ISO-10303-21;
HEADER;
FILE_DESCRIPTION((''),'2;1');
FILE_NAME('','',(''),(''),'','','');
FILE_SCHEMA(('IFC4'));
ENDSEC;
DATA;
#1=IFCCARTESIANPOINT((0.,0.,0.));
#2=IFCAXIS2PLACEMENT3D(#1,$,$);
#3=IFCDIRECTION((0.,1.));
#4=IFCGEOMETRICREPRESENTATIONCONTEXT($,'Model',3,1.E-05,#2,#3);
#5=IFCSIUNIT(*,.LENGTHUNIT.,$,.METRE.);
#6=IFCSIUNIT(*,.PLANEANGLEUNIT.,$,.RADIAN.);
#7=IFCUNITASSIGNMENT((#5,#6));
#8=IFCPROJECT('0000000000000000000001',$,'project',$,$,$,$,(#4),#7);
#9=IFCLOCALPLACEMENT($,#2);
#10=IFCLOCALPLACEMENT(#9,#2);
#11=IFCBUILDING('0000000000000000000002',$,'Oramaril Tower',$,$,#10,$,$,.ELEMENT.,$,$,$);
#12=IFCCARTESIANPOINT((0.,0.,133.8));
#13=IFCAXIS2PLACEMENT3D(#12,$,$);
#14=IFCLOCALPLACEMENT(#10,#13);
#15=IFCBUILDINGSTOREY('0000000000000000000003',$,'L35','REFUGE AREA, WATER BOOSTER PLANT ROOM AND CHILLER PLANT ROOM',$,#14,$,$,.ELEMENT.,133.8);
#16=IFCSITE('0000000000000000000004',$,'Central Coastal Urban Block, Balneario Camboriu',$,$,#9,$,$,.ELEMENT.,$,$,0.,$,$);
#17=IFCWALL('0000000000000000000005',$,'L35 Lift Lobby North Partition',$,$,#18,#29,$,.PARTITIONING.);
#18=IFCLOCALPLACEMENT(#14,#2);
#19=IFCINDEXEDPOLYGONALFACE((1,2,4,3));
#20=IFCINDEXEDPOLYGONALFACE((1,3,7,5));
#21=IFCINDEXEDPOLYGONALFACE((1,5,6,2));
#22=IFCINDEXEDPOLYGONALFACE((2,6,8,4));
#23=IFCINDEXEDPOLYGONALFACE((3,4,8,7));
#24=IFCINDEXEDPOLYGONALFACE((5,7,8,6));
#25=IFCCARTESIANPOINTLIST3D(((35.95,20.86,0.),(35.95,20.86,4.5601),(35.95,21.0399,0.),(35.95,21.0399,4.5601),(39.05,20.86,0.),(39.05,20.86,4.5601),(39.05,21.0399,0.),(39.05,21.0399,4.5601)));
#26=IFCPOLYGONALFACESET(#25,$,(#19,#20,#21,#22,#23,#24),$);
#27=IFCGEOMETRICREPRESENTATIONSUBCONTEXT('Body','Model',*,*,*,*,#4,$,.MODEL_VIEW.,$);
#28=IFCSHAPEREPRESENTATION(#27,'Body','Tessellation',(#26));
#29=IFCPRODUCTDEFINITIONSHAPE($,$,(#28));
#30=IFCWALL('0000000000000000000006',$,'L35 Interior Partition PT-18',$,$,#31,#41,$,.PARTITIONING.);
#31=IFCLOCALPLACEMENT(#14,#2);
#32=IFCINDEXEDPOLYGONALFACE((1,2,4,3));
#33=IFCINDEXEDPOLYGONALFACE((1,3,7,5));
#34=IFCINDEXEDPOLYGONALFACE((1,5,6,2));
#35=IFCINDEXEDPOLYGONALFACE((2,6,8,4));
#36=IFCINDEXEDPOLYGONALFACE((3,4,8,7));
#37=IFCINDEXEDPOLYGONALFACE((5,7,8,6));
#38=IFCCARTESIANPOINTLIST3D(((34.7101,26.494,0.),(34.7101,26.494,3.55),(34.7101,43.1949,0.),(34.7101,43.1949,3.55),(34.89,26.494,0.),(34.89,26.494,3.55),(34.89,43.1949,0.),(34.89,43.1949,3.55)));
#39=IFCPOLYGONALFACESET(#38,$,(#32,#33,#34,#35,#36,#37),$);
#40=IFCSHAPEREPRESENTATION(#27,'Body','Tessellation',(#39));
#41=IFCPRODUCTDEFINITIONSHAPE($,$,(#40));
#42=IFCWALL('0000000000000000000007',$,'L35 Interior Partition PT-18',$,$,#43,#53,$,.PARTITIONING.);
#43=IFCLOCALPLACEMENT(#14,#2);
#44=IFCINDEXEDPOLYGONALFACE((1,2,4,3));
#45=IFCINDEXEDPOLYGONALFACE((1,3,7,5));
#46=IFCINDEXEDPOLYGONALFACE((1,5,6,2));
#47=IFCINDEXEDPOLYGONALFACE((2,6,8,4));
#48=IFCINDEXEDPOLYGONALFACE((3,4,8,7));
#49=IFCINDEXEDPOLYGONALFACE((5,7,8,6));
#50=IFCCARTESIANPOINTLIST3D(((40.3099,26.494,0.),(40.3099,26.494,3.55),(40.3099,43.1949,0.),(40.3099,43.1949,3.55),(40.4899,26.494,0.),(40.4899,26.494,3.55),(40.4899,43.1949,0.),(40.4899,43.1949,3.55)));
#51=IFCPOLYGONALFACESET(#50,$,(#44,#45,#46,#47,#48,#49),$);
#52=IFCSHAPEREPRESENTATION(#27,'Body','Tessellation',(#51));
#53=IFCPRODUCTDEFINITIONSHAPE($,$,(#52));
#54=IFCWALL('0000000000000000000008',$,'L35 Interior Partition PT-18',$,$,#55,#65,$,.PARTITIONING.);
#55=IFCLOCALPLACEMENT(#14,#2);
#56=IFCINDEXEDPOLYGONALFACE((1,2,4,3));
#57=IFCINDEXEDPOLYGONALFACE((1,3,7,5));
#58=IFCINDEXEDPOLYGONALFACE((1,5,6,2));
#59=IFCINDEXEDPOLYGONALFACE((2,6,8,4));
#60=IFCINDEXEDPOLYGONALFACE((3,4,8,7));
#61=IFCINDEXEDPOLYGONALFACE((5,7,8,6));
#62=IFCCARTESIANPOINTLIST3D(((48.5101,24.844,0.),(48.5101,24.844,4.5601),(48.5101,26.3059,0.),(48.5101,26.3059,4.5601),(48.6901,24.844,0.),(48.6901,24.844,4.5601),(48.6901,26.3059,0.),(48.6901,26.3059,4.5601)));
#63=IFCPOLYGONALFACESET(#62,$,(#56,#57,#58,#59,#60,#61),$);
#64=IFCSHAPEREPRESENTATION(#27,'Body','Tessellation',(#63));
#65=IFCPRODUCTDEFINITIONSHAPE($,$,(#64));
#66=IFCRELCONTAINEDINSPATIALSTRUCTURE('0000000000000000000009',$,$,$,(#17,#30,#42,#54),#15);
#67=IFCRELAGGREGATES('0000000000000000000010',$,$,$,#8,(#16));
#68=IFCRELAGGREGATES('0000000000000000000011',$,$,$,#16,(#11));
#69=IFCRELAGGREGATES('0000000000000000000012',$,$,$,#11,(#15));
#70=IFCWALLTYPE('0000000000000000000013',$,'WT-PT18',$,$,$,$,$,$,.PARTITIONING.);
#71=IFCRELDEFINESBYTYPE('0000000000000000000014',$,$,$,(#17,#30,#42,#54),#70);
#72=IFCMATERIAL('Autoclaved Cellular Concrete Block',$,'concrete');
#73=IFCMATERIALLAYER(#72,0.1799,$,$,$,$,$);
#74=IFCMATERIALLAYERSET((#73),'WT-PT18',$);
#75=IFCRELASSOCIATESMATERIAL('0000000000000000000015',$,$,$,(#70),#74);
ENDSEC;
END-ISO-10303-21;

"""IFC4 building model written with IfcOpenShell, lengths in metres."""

from ifc_helpers import new_model, si_unit, direction, frame, frame_2d, origin, place, context, subcontext, project, spatial, rectangle, extrude, material, layer, layer_set, type_object, element, save


model = new_model("IFC4")

# Units and contexts
model_context = context("Model", 3, precision=1e-05, world=origin(), true_north=direction((0.0, 1.0)))
body_context = subcontext(model_context, "Body", "Model", "MODEL_VIEW")
ifc_project = project(units=[si_unit("LENGTHUNIT", "METRE"), si_unit("PLANEANGLEUNIT", "RADIAN")], contexts=[model_context])

# Site, building, storey
site_placement = place(None, origin())
site = spatial("IfcSite", under=ifc_project, at=site_placement, Name="Central Coastal Urban Block, Balneario Camboriu", CompositionType="ELEMENT", RefElevation=0.0)
building_placement = place(site_placement, origin())
building = spatial("IfcBuilding", under=site, at=building_placement, Name="Oramaril Tower", CompositionType="ELEMENT")
storey_placement = place(building_placement, frame((0.0, 0.0, 133.8)))
storey = spatial("IfcBuildingStorey", under=building, at=storey_placement, Name="L35", Description="REFUGE AREA, WATER BOOSTER PLANT ROOM AND CHILLER PLANT ROOM", CompositionType="ELEMENT", Elevation=133.8)

# Walls
ifc_material_1 = material(Name="Autoclaved Cellular Concrete Block", Category="concrete")
ifc_layer_1 = layer(ifc_material_1, 0.1799)
ifc_layer_set_1 = layer_set([ifc_layer_1], Name="WT-PT18")
wall_type_1 = type_object("IfcWallType", Name="WT-PT18", PredefinedType="PARTITIONING", material=ifc_layer_set_1)
wall_1_placement = place(storey_placement, frame((35.95, 20.95, 0.0), z_axis=(0.0, 0.0, 1.0), x_axis=(1.0, 0.0, 0.0)))
element("IfcWall", 1, at=wall_1_placement, inside=storey, type_object=wall_type_1, Name="L35 Lift Lobby North Partition", PredefinedType="PARTITIONING", context=body_context, shape_type="SweptSolid", body=[
    extrude(rectangle(XDim=3.1001, YDim=0.1799, at=frame_2d((1.55, 0.0))), origin(), (0.0, 0.0, 1.0), 4.5601),
])
for number, where, z_axis, x_axis, name in (
    (2, (34.8, 26.4939, 0.0), (0.0, 0.0, 1.0), (0.0, 1.0, 0.0), "L35 Interior Partition PT-18"),
    (3, (40.3999, 26.4939, 0.0), (0.0, 0.0, 1.0), (0.0, 1.0, 0.0), "L35 Interior Partition PT-18"),
):
    element("IfcWall", number, at=place(storey_placement, frame(where, z_axis=z_axis, x_axis=x_axis)), inside=storey, type_object=wall_type_1, Name=name, PredefinedType="PARTITIONING", context=body_context, shape_type="SweptSolid", body=[
        extrude(rectangle(XDim=16.7009, YDim=0.1799, at=frame_2d((8.3506, 0.0))), origin(), (0.0, 0.0, 1.0), 3.55),
    ])
wall_2_placement = place(storey_placement, frame((48.6001, 24.844, 0.0), z_axis=(0.0, 0.0, 1.0), x_axis=(0.0, 1.0, 0.0)))
element("IfcWall", 4, at=wall_2_placement, inside=storey, type_object=wall_type_1, Name="L35 Interior Partition PT-18", PredefinedType="PARTITIONING", context=body_context, shape_type="SweptSolid", body=[
    extrude(rectangle(XDim=1.4619, YDim=0.1799, at=frame_2d((0.731, 0.0))), origin(), (0.0, 0.0, 1.0), 4.5601),
])

save(model, "model.ifc")
